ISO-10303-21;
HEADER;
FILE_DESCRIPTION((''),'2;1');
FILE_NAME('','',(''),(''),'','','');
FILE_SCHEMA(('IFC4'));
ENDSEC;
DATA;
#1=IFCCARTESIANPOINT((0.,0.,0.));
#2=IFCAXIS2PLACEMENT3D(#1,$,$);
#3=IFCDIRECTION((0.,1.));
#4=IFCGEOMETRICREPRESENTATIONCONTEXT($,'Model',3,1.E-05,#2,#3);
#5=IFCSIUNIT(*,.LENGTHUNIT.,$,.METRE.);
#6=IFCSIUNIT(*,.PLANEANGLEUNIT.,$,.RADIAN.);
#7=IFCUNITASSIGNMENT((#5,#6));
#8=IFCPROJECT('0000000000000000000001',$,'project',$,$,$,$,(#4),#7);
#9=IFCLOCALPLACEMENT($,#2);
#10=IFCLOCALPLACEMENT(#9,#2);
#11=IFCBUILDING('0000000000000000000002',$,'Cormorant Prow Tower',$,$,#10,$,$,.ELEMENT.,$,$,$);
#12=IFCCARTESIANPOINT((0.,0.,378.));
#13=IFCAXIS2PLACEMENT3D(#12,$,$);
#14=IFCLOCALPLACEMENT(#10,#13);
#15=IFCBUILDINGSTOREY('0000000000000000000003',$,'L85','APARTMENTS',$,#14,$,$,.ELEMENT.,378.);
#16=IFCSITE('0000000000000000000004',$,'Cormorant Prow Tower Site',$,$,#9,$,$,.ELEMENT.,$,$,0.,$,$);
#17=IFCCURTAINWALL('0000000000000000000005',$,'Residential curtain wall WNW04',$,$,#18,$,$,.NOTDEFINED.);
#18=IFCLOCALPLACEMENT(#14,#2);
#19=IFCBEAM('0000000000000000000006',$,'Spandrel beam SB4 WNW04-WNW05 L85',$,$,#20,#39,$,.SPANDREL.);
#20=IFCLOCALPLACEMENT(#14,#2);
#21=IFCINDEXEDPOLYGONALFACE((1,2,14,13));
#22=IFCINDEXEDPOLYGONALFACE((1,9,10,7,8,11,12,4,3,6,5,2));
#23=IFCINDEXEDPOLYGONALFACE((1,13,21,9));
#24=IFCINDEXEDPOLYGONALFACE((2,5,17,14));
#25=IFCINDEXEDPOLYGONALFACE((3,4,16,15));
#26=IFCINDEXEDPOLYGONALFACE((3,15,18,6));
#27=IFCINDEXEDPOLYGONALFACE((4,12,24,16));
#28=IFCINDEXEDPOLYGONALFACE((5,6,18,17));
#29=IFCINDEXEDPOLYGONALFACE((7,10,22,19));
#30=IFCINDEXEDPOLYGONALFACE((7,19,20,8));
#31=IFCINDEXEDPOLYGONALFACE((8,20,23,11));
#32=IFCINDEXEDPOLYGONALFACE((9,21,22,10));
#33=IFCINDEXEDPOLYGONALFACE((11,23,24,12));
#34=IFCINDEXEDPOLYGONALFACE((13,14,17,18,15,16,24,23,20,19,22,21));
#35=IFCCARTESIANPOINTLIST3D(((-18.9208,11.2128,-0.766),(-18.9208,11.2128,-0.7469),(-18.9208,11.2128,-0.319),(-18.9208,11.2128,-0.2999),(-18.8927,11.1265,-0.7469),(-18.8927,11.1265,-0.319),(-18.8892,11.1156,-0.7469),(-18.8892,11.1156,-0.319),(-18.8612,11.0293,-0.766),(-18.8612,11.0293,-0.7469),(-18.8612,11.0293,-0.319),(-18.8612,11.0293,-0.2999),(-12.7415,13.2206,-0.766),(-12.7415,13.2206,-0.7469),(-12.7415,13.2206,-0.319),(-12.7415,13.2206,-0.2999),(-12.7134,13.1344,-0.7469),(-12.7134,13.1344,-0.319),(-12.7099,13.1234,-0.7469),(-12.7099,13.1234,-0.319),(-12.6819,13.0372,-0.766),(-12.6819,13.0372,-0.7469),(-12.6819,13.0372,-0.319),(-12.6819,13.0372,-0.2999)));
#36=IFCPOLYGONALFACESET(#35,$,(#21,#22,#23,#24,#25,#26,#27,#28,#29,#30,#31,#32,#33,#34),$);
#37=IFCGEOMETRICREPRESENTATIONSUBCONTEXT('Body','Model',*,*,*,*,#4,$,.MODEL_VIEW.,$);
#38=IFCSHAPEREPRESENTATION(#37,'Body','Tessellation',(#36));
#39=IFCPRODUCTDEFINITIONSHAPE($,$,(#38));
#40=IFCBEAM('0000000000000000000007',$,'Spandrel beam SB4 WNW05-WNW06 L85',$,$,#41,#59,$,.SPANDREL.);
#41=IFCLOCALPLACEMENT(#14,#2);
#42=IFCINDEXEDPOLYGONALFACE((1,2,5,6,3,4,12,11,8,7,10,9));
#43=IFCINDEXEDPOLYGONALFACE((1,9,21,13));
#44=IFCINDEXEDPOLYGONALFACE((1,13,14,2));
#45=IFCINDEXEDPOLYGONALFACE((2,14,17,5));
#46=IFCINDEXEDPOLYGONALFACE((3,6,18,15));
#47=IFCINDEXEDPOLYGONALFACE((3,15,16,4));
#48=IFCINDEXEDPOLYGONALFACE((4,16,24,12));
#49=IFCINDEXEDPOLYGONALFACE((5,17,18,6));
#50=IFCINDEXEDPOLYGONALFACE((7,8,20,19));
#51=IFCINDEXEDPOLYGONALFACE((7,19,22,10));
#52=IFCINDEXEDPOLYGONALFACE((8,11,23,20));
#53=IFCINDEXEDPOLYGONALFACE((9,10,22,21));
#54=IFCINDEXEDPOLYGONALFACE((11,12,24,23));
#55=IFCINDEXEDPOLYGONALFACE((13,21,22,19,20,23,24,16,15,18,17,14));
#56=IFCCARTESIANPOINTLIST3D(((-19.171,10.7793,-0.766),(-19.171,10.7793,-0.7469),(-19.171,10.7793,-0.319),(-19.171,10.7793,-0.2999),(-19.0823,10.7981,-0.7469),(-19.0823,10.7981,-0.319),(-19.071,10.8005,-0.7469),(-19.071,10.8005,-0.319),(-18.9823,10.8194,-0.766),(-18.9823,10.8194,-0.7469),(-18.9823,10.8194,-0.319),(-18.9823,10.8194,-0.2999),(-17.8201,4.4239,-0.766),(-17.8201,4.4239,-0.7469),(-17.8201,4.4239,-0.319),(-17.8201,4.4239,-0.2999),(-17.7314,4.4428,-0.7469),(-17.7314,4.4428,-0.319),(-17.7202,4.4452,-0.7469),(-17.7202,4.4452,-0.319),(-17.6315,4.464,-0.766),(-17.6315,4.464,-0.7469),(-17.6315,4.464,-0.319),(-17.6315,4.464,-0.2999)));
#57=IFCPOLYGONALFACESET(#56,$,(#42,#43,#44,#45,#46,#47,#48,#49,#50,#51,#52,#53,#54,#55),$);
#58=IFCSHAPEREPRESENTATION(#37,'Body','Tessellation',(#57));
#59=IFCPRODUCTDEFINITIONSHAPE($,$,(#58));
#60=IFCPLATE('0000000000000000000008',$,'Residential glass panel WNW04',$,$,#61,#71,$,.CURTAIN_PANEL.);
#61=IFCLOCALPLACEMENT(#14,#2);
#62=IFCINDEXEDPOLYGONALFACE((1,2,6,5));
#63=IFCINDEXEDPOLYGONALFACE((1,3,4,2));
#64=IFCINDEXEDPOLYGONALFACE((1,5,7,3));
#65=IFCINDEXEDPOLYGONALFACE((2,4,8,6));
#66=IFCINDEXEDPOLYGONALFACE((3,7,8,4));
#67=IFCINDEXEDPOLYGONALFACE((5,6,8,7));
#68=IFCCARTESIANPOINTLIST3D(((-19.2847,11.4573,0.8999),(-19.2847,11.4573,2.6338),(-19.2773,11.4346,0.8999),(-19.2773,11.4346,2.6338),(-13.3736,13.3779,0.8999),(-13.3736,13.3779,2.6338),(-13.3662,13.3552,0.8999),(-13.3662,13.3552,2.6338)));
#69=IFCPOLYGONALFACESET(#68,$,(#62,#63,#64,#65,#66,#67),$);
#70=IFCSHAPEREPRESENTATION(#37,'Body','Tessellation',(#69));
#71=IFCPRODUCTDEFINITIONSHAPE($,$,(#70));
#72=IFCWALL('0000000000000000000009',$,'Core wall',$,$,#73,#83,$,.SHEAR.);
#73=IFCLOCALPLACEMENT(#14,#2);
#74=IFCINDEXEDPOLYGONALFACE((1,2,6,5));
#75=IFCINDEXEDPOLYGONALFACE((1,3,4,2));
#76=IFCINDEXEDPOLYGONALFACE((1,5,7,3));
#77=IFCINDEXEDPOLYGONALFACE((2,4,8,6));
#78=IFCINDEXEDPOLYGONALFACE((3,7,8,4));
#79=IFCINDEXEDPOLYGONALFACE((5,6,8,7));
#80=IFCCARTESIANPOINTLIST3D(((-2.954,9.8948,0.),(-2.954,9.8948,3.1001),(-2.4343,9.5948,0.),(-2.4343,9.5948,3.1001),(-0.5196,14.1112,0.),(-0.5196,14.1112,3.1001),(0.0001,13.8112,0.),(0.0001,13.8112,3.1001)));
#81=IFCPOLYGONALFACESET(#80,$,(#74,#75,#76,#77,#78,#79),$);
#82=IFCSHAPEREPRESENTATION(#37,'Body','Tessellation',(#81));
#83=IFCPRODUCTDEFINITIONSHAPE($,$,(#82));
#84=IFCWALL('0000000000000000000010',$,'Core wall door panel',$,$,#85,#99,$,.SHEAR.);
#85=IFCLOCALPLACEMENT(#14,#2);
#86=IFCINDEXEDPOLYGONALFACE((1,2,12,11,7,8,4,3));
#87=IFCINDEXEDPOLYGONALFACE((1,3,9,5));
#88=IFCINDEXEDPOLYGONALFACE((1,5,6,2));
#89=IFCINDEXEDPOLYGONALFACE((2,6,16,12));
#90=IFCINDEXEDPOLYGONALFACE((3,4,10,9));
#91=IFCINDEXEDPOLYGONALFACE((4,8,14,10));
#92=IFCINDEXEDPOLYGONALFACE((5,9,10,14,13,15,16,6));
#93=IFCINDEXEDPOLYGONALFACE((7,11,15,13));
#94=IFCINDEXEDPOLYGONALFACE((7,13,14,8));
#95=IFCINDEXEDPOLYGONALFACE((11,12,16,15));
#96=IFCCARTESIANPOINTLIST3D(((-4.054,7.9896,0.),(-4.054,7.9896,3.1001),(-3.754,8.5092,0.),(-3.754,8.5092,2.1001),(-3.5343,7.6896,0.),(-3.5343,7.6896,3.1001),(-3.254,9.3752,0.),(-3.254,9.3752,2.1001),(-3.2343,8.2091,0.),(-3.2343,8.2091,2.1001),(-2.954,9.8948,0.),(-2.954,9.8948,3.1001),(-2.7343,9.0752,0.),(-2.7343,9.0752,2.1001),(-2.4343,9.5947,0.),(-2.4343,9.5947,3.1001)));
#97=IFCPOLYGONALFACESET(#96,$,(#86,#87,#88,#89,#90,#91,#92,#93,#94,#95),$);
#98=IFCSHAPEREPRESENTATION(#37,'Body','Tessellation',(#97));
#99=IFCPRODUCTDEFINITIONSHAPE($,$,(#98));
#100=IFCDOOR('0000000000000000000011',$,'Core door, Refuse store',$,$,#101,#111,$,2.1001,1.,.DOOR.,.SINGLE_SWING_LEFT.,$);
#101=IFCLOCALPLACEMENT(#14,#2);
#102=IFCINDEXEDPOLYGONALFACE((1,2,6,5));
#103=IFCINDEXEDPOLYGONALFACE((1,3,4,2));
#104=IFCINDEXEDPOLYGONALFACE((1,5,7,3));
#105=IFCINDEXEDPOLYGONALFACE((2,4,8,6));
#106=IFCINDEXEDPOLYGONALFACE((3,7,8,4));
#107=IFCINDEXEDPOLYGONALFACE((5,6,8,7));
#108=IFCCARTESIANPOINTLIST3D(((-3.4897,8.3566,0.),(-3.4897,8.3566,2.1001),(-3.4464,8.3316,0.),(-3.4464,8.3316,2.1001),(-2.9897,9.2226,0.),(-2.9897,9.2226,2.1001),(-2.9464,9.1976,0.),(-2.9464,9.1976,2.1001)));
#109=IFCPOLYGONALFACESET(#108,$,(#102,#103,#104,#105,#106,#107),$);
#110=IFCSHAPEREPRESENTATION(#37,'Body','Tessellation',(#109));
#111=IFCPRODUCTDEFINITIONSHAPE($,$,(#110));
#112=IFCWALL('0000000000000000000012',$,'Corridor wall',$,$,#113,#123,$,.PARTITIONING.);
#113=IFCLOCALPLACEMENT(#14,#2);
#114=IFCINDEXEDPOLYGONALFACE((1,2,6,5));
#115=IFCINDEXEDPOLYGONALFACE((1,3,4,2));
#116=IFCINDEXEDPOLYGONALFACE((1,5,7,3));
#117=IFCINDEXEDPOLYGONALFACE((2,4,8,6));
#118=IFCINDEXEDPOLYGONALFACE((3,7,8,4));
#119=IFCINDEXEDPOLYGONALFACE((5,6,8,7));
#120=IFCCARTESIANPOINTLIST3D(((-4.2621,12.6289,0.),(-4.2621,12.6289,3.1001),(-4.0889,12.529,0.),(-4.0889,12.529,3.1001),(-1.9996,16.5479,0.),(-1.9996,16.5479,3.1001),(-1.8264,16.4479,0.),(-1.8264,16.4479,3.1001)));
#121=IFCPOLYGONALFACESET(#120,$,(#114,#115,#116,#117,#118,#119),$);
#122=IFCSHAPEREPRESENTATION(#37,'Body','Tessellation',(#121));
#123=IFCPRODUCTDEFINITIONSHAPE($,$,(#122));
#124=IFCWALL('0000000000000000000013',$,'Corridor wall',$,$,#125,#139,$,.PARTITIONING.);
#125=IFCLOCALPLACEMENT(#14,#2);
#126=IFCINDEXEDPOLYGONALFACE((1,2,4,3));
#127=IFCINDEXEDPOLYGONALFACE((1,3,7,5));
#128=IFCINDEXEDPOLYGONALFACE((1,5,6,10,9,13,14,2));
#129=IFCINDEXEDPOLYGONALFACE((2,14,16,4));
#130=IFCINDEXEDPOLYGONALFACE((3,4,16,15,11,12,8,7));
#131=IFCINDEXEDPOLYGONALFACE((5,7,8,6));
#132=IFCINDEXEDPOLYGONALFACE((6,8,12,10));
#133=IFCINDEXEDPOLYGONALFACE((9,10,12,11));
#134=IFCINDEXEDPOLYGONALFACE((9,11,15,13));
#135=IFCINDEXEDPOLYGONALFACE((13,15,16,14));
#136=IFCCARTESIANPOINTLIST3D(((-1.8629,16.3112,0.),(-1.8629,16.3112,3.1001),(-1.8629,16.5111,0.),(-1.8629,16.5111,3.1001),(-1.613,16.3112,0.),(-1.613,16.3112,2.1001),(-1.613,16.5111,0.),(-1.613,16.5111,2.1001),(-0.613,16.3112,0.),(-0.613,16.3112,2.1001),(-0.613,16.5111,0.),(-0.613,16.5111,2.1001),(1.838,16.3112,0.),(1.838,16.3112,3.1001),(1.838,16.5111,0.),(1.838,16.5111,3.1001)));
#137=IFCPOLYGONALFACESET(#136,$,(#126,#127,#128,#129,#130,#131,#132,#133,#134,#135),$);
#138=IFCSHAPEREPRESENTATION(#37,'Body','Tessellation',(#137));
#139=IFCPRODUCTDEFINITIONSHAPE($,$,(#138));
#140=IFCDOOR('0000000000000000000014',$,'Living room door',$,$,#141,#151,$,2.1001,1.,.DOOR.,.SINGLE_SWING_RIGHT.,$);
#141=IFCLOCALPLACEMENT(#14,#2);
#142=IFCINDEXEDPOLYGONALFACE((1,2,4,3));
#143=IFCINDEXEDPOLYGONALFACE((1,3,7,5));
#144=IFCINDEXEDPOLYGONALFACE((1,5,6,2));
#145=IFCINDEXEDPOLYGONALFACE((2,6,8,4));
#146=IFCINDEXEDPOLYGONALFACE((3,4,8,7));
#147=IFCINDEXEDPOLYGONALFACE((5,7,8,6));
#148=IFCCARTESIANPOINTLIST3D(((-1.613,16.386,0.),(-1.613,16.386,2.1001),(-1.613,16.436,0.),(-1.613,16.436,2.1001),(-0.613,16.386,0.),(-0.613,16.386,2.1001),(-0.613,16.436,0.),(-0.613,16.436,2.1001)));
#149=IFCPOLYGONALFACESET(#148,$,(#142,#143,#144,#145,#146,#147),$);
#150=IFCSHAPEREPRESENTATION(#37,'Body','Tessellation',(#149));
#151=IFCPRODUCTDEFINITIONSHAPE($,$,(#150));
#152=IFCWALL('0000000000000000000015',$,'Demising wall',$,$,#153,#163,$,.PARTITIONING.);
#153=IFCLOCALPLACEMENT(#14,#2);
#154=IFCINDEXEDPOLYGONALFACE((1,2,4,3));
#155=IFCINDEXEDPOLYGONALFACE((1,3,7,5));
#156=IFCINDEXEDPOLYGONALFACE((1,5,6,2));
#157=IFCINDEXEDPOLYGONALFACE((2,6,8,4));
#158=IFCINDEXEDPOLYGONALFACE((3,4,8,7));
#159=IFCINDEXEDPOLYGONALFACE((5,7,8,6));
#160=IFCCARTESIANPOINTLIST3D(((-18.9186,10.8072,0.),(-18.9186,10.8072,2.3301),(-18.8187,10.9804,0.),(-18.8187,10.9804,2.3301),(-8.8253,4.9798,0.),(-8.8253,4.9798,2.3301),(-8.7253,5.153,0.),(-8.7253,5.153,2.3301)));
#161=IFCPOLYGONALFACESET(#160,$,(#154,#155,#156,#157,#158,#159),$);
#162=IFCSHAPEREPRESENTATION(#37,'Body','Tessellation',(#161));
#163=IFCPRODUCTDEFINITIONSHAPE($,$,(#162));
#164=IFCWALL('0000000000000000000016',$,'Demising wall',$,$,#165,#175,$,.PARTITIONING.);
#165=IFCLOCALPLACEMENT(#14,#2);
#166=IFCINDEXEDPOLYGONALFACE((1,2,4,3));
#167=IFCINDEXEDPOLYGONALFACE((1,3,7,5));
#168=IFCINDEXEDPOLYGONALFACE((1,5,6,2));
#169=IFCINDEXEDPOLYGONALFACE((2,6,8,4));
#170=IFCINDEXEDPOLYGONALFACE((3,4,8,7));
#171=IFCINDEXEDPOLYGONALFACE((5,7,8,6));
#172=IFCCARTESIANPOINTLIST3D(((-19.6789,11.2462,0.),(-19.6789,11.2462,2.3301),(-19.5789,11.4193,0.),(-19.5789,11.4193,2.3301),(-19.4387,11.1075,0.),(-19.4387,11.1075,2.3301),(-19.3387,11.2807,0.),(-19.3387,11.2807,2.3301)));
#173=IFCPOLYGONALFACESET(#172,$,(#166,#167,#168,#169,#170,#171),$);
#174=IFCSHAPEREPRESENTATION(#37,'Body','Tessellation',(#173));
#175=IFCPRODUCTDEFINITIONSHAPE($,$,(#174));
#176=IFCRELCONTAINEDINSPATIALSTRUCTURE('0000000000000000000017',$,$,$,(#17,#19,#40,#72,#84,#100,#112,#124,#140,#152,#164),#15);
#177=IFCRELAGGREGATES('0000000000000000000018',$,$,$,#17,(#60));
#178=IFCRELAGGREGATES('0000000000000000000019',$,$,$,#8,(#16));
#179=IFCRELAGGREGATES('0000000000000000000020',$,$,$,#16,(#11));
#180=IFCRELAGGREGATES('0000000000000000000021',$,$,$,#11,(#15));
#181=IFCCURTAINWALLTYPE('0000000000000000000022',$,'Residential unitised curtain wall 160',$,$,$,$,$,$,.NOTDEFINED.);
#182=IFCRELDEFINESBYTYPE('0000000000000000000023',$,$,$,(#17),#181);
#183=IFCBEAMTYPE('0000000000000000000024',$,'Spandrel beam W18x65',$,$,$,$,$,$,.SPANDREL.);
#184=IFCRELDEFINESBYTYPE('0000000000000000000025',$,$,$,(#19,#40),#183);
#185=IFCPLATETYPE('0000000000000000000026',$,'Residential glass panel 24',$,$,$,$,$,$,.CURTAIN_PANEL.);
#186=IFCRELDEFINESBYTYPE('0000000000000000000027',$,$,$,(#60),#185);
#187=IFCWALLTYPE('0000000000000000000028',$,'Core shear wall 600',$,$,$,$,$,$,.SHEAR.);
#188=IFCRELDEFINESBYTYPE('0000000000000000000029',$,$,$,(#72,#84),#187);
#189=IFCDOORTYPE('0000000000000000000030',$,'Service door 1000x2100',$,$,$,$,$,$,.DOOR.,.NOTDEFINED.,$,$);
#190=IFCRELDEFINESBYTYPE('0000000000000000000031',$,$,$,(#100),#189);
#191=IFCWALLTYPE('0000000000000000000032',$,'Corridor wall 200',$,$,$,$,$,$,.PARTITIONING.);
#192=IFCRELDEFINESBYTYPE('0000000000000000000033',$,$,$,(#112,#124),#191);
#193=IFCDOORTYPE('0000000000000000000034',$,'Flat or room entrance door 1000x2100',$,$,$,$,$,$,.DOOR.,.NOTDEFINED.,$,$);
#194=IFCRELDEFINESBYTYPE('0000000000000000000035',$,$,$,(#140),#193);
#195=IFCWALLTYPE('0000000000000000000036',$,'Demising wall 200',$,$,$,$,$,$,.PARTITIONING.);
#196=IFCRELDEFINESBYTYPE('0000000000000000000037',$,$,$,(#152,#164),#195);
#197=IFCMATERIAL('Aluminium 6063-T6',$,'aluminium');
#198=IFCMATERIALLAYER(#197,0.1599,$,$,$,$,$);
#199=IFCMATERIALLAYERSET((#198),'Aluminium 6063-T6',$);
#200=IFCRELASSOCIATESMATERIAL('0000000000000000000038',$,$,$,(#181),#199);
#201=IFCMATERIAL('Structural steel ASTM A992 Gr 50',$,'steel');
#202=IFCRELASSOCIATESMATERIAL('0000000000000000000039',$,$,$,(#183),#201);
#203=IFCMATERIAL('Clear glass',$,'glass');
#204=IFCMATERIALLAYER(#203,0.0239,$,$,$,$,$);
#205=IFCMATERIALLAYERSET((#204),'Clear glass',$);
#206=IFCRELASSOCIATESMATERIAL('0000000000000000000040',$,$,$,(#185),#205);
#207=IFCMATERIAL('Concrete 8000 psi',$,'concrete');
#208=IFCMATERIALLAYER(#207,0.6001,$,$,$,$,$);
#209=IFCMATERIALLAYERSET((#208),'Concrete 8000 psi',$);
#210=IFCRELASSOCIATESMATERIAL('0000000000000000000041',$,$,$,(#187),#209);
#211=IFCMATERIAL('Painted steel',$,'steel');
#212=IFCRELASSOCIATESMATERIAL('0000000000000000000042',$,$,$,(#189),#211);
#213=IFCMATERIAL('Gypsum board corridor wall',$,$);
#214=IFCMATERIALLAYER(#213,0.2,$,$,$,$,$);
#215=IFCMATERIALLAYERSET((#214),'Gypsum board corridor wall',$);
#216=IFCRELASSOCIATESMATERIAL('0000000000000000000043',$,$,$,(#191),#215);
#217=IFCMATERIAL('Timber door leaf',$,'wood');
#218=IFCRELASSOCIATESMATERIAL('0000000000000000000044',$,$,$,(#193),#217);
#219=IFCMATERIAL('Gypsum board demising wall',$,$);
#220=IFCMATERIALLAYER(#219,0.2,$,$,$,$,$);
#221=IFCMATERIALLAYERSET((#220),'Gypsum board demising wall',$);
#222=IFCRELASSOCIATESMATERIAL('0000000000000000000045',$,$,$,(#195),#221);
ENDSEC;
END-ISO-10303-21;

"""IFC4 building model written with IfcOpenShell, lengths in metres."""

from ifc_helpers import new_model, si_unit, direction, frame, frame_2d, origin, origin_2d, place, context, subcontext, project, spatial, rectangle, i_section, extrude, material, layer, layer_set, material_profile, profile_set, type_object, element, fill, aggregate, save


model = new_model("IFC4")

# Units and contexts
model_context = context("Model", 3, precision=1e-05, world=origin(), true_north=direction((0.0, 1.0)))
body_context = subcontext(model_context, "Body", "Model", "MODEL_VIEW")
ifc_project = project(units=[si_unit("LENGTHUNIT", "METRE"), si_unit("PLANEANGLEUNIT", "RADIAN")], contexts=[model_context])

# Site, building, storey
site_placement = place(None, origin())
site = spatial("IfcSite", under=ifc_project, at=site_placement, Name="Cormorant Prow Tower Site", CompositionType="ELEMENT", RefElevation=0.0)
building_placement = place(site_placement, origin())
building = spatial("IfcBuilding", under=site, at=building_placement, Name="Cormorant Prow Tower", CompositionType="ELEMENT")
storey_placement = place(building_placement, frame((0.0, 0.0, 378.0)))
storey = spatial("IfcBuildingStorey", under=building, at=storey_placement, Name="L85", Description="APARTMENTS", CompositionType="ELEMENT", Elevation=378.0)

# Curtain wall
ifc_material_1 = material(Name="Aluminium 6063-T6", Category="aluminium")
ifc_layer_1 = layer(ifc_material_1, 0.1599)
ifc_layer_set_1 = layer_set([ifc_layer_1], Name="Aluminium 6063-T6")
curtain_wall_type = type_object("IfcCurtainWallType", Name="Residential unitised curtain wall 160", PredefinedType="NOTDEFINED", material=ifc_layer_set_1)
curtain_wall_placement = place(storey_placement, origin())
curtain_wall = element("IfcCurtainWall", 1, at=curtain_wall_placement, inside=storey, type_object=curtain_wall_type, Name="Residential curtain wall WNW04", PredefinedType="NOTDEFINED")

# Beams
ifc_material_2 = material(Name="Structural steel ASTM A992 Gr 50", Category="steel")
ifc_material_profile_1 = material_profile(ifc_material_2, i_section(OverallWidth=0.1929, OverallDepth=0.4661, WebThickness=0.0115, FlangeThickness=0.019, at=origin_2d()), Name="W18x65")
ifc_profile_set_1 = profile_set([ifc_material_profile_1], Name="Structural steel ASTM A992 Gr 50")
beam_type_1 = type_object("IfcBeamType", Name="Spandrel beam W18x65", PredefinedType="SPANDREL", material=ifc_profile_set_1)
for number, where, z_axis, x_axis, name in (
    (2, (-12.7117, 13.1289, -0.533), (-0.951053, -0.309027, 0.0), (0.309027, -0.951053, 0.0), "Spandrel beam SB4 WNW04-WNW05 L85"),
    (3, (-19.0767, 10.7993, -0.533), (0.20791, -0.978148, 0.0), (0.978148, 0.20791, 0.0), "Spandrel beam SB4 WNW05-WNW06 L85"),
):
    element("IfcBeam", number, at=place(storey_placement, frame(where, z_axis=z_axis, x_axis=x_axis)), inside=storey, type_object=beam_type_1, Name=name, PredefinedType="SPANDREL", context=body_context, shape_type="SweptSolid", body=[
        extrude(i_section(OverallWidth=0.1929, OverallDepth=0.4661, WebThickness=0.0115, FlangeThickness=0.019, at=origin_2d()), origin(), (0.0, 0.0, 1.0), 6.4973),
    ])

# Plate
ifc_material_3 = material(Name="Clear glass", Category="glass")
ifc_layer_2 = layer(ifc_material_3, 0.0239)
ifc_layer_set_2 = layer_set([ifc_layer_2], Name="Clear glass")
plate_type = type_object("IfcPlateType", Name="Residential glass panel 24", PredefinedType="CURTAIN_PANEL", material=ifc_layer_set_2)
plate_placement = place(storey_placement, frame((-16.3254, 12.4062, 0.8999), z_axis=(0.0, 0.0, 1.0), x_axis=(-0.951057, -0.309017, 0.0)))
plate = element("IfcPlate", 4, at=plate_placement, type_object=plate_type, Name="Residential glass panel WNW04", PredefinedType="CURTAIN_PANEL", context=body_context, shape_type="SweptSolid", body=[
    extrude(rectangle(XDim=6.2153, YDim=0.0239, at=origin_2d()), origin(), (0.0, 0.0, 1.0), 1.7339),
])
aggregate(curtain_wall, [plate])

# Wall
ifc_material_4 = material(Name="Concrete 8000 psi", Category="concrete")
ifc_layer_3 = layer(ifc_material_4, 0.6001)
ifc_layer_set_3 = layer_set([ifc_layer_3], Name="Concrete 8000 psi")
wall_type_1 = type_object("IfcWallType", Name="Core shear wall 600", PredefinedType="SHEAR", material=ifc_layer_set_3)
wall_1_placement = place(storey_placement, frame((-0.2598, 13.9612, 0.0), z_axis=(0.0, 0.0, 1.0), x_axis=(-0.500006, -0.866022, 0.0)))
element("IfcWall", 5, at=wall_1_placement, inside=storey, type_object=wall_type_1, Name="Core wall", PredefinedType="SHEAR", context=body_context, shape_type="SweptSolid", body=[
    extrude(rectangle(XDim=4.8687, YDim=0.6001, at=frame_2d((2.4343, 0.0))), origin(), (0.0, 0.0, 1.0), 3.1001),
])

# Wall, opening, door
wall_2_placement = place(storey_placement, frame((-2.6941, 9.7449, 0.0), z_axis=(0.0, 0.0, 1.0), x_axis=(-0.50003, -0.866008, 0.0)))
wall_2 = element("IfcWall", 6, at=wall_2_placement, inside=storey, type_object=wall_type_1, Name="Core wall door panel", PredefinedType="SHEAR", context=body_context, shape_type="SweptSolid", body=[
    extrude(rectangle(XDim=2.2, YDim=0.6001, at=frame_2d((1.1001, 0.0))), origin(), (0.0, 0.0, 1.0), 3.1001),
])
opening_1_placement = place(wall_2_placement, frame((0.6001, 0.0, 0.0)))
opening_1 = element("IfcOpeningElement", 7, at=opening_1_placement, cuts=wall_2, PredefinedType="OPENING", context=body_context, shape_type="SweptSolid", body=[
    extrude(rectangle(XDim=1.0, YDim=2.1001, at=frame_2d((0.5, 1.05))), frame((0.0, 0.3101, 0.0), z_axis=(0.0, -1.0, 0.0), x_axis=(1.0, 0.0, 0.0)), (0.0, 0.0, 1.0), 0.6201),
])
ifc_material_5 = material(Name="Painted steel", Category="steel")
door_type_1 = type_object("IfcDoorType", Name="Service door 1000x2100", OperationType="NOTDEFINED", PredefinedType="DOOR", material=ifc_material_5)
door_1_placement = place(opening_1_placement, origin())
door_1 = element("IfcDoor", 8, at=door_1_placement, inside=storey, type_object=door_type_1, Name="Core door, Refuse store", OperationType="SINGLE_SWING_LEFT", OverallHeight=2.1001, OverallWidth=1.0, PredefinedType="DOOR", context=body_context, shape_type="SweptSolid", body=[
    extrude(rectangle(XDim=1.0, YDim=2.1001, at=frame_2d((0.5, 1.05))), frame((0.0, 0.0552, 0.0), z_axis=(0.0, -1.0, 0.0), x_axis=(1.0, 0.0, 0.0)), (0.0, 0.0, 1.0), 0.05),
])
fill(opening_1, door_1)

# Wall
ifc_material_6 = material(Name="Gypsum board corridor wall")
ifc_layer_4 = layer(ifc_material_6, 0.2)
ifc_layer_set_4 = layer_set([ifc_layer_4], Name="Gypsum board corridor wall")
wall_type_2 = type_object("IfcWallType", Name="Corridor wall 200", PredefinedType="PARTITIONING", material=ifc_layer_set_4)
wall_3_placement = place(storey_placement, frame((-4.1755, 12.5789, 0.0), z_axis=(0.0, 0.0, 1.0), x_axis=(0.499975, 0.86604, 0.0)))
element("IfcWall", 9, at=wall_3_placement, inside=storey, type_object=wall_type_2, Name="Corridor wall", PredefinedType="PARTITIONING", context=body_context, shape_type="SweptSolid", body=[
    extrude(rectangle(XDim=4.5251, YDim=0.2, at=frame_2d((2.2627, 0.0))), origin(), (0.0, 0.0, 1.0), 3.1001),
])

# Wall, opening, door
wall_4_placement = place(storey_placement, frame((-1.863, 16.4111, 0.0), z_axis=(0.0, 0.0, 1.0), x_axis=(1.0, 0.0, 0.0)))
wall_4 = element("IfcWall", 10, at=wall_4_placement, inside=storey, type_object=wall_type_2, Name="Corridor wall", PredefinedType="PARTITIONING", context=body_context, shape_type="SweptSolid", body=[
    extrude(rectangle(XDim=3.7009, YDim=0.2, at=frame_2d((1.8506, 0.0))), origin(), (0.0, 0.0, 1.0), 3.1001),
])
opening_2_placement = place(wall_4_placement, frame((0.25, 0.0, 0.0)))
opening_2 = element("IfcOpeningElement", 11, at=opening_2_placement, cuts=wall_4, PredefinedType="OPENING", context=body_context, shape_type="SweptSolid", body=[
    extrude(rectangle(XDim=1.0, YDim=2.1001, at=frame_2d((0.5, 1.05))), frame((0.0, 0.1099, 0.0), z_axis=(0.0, -1.0, 0.0), x_axis=(1.0, 0.0, 0.0)), (0.0, 0.0, 1.0), 0.22),
])
ifc_material_7 = material(Name="Timber door leaf", Category="wood")
door_type_2 = type_object("IfcDoorType", Name="Flat or room entrance door 1000x2100", OperationType="NOTDEFINED", PredefinedType="DOOR", material=ifc_material_7)
door_2_placement = place(opening_2_placement, origin())
door_2 = element("IfcDoor", 12, at=door_2_placement, inside=storey, type_object=door_type_2, Name="Living room door", OperationType="SINGLE_SWING_RIGHT", OverallHeight=2.1001, OverallWidth=1.0, PredefinedType="DOOR", context=body_context, shape_type="SweptSolid", body=[
    extrude(rectangle(XDim=1.0, YDim=2.1001, at=frame_2d((0.5, 1.05))), frame((0.0, 0.0249, 0.0), z_axis=(0.0, -1.0, 0.0), x_axis=(1.0, 0.0, 0.0)), (0.0, 0.0, 1.0), 0.05),
])
fill(opening_2, door_2)

# Walls
ifc_material_8 = material(Name="Gypsum board demising wall")
ifc_layer_5 = layer(ifc_material_8, 0.2)
ifc_layer_set_5 = layer_set([ifc_layer_5], Name="Gypsum board demising wall")
wall_type_3 = type_object("IfcWallType", Name="Demising wall 200", PredefinedType="PARTITIONING", material=ifc_layer_set_5)
wall_5_placement = place(storey_placement, frame((-18.8687, 10.8938, 0.0), z_axis=(0.0, 0.0, 1.0), x_axis=(0.866024, -0.500003, 0.0)))
element("IfcWall", 13, at=wall_5_placement, inside=storey, type_object=wall_type_3, Name="Demising wall", PredefinedType="PARTITIONING", context=body_context, shape_type="SweptSolid", body=[
    extrude(rectangle(XDim=11.6548, YDim=0.2, at=frame_2d((5.8274, 0.0))), origin(), (0.0, 0.0, 1.0), 2.3301),
])
wall_6_placement = place(storey_placement, frame((-19.6289, 11.3328, 0.0), z_axis=(0.0, 0.0, 1.0), x_axis=(0.866068, -0.499926, 0.0)))
element("IfcWall", 14, at=wall_6_placement, inside=storey, type_object=wall_type_3, Name="Demising wall", PredefinedType="PARTITIONING", context=body_context, shape_type="SweptSolid", body=[
    extrude(rectangle(XDim=0.2773, YDim=0.2, at=frame_2d((0.1387, 0.0))), origin(), (0.0, 0.0, 1.0), 2.3301),
])

save(model, "model.ifc")
